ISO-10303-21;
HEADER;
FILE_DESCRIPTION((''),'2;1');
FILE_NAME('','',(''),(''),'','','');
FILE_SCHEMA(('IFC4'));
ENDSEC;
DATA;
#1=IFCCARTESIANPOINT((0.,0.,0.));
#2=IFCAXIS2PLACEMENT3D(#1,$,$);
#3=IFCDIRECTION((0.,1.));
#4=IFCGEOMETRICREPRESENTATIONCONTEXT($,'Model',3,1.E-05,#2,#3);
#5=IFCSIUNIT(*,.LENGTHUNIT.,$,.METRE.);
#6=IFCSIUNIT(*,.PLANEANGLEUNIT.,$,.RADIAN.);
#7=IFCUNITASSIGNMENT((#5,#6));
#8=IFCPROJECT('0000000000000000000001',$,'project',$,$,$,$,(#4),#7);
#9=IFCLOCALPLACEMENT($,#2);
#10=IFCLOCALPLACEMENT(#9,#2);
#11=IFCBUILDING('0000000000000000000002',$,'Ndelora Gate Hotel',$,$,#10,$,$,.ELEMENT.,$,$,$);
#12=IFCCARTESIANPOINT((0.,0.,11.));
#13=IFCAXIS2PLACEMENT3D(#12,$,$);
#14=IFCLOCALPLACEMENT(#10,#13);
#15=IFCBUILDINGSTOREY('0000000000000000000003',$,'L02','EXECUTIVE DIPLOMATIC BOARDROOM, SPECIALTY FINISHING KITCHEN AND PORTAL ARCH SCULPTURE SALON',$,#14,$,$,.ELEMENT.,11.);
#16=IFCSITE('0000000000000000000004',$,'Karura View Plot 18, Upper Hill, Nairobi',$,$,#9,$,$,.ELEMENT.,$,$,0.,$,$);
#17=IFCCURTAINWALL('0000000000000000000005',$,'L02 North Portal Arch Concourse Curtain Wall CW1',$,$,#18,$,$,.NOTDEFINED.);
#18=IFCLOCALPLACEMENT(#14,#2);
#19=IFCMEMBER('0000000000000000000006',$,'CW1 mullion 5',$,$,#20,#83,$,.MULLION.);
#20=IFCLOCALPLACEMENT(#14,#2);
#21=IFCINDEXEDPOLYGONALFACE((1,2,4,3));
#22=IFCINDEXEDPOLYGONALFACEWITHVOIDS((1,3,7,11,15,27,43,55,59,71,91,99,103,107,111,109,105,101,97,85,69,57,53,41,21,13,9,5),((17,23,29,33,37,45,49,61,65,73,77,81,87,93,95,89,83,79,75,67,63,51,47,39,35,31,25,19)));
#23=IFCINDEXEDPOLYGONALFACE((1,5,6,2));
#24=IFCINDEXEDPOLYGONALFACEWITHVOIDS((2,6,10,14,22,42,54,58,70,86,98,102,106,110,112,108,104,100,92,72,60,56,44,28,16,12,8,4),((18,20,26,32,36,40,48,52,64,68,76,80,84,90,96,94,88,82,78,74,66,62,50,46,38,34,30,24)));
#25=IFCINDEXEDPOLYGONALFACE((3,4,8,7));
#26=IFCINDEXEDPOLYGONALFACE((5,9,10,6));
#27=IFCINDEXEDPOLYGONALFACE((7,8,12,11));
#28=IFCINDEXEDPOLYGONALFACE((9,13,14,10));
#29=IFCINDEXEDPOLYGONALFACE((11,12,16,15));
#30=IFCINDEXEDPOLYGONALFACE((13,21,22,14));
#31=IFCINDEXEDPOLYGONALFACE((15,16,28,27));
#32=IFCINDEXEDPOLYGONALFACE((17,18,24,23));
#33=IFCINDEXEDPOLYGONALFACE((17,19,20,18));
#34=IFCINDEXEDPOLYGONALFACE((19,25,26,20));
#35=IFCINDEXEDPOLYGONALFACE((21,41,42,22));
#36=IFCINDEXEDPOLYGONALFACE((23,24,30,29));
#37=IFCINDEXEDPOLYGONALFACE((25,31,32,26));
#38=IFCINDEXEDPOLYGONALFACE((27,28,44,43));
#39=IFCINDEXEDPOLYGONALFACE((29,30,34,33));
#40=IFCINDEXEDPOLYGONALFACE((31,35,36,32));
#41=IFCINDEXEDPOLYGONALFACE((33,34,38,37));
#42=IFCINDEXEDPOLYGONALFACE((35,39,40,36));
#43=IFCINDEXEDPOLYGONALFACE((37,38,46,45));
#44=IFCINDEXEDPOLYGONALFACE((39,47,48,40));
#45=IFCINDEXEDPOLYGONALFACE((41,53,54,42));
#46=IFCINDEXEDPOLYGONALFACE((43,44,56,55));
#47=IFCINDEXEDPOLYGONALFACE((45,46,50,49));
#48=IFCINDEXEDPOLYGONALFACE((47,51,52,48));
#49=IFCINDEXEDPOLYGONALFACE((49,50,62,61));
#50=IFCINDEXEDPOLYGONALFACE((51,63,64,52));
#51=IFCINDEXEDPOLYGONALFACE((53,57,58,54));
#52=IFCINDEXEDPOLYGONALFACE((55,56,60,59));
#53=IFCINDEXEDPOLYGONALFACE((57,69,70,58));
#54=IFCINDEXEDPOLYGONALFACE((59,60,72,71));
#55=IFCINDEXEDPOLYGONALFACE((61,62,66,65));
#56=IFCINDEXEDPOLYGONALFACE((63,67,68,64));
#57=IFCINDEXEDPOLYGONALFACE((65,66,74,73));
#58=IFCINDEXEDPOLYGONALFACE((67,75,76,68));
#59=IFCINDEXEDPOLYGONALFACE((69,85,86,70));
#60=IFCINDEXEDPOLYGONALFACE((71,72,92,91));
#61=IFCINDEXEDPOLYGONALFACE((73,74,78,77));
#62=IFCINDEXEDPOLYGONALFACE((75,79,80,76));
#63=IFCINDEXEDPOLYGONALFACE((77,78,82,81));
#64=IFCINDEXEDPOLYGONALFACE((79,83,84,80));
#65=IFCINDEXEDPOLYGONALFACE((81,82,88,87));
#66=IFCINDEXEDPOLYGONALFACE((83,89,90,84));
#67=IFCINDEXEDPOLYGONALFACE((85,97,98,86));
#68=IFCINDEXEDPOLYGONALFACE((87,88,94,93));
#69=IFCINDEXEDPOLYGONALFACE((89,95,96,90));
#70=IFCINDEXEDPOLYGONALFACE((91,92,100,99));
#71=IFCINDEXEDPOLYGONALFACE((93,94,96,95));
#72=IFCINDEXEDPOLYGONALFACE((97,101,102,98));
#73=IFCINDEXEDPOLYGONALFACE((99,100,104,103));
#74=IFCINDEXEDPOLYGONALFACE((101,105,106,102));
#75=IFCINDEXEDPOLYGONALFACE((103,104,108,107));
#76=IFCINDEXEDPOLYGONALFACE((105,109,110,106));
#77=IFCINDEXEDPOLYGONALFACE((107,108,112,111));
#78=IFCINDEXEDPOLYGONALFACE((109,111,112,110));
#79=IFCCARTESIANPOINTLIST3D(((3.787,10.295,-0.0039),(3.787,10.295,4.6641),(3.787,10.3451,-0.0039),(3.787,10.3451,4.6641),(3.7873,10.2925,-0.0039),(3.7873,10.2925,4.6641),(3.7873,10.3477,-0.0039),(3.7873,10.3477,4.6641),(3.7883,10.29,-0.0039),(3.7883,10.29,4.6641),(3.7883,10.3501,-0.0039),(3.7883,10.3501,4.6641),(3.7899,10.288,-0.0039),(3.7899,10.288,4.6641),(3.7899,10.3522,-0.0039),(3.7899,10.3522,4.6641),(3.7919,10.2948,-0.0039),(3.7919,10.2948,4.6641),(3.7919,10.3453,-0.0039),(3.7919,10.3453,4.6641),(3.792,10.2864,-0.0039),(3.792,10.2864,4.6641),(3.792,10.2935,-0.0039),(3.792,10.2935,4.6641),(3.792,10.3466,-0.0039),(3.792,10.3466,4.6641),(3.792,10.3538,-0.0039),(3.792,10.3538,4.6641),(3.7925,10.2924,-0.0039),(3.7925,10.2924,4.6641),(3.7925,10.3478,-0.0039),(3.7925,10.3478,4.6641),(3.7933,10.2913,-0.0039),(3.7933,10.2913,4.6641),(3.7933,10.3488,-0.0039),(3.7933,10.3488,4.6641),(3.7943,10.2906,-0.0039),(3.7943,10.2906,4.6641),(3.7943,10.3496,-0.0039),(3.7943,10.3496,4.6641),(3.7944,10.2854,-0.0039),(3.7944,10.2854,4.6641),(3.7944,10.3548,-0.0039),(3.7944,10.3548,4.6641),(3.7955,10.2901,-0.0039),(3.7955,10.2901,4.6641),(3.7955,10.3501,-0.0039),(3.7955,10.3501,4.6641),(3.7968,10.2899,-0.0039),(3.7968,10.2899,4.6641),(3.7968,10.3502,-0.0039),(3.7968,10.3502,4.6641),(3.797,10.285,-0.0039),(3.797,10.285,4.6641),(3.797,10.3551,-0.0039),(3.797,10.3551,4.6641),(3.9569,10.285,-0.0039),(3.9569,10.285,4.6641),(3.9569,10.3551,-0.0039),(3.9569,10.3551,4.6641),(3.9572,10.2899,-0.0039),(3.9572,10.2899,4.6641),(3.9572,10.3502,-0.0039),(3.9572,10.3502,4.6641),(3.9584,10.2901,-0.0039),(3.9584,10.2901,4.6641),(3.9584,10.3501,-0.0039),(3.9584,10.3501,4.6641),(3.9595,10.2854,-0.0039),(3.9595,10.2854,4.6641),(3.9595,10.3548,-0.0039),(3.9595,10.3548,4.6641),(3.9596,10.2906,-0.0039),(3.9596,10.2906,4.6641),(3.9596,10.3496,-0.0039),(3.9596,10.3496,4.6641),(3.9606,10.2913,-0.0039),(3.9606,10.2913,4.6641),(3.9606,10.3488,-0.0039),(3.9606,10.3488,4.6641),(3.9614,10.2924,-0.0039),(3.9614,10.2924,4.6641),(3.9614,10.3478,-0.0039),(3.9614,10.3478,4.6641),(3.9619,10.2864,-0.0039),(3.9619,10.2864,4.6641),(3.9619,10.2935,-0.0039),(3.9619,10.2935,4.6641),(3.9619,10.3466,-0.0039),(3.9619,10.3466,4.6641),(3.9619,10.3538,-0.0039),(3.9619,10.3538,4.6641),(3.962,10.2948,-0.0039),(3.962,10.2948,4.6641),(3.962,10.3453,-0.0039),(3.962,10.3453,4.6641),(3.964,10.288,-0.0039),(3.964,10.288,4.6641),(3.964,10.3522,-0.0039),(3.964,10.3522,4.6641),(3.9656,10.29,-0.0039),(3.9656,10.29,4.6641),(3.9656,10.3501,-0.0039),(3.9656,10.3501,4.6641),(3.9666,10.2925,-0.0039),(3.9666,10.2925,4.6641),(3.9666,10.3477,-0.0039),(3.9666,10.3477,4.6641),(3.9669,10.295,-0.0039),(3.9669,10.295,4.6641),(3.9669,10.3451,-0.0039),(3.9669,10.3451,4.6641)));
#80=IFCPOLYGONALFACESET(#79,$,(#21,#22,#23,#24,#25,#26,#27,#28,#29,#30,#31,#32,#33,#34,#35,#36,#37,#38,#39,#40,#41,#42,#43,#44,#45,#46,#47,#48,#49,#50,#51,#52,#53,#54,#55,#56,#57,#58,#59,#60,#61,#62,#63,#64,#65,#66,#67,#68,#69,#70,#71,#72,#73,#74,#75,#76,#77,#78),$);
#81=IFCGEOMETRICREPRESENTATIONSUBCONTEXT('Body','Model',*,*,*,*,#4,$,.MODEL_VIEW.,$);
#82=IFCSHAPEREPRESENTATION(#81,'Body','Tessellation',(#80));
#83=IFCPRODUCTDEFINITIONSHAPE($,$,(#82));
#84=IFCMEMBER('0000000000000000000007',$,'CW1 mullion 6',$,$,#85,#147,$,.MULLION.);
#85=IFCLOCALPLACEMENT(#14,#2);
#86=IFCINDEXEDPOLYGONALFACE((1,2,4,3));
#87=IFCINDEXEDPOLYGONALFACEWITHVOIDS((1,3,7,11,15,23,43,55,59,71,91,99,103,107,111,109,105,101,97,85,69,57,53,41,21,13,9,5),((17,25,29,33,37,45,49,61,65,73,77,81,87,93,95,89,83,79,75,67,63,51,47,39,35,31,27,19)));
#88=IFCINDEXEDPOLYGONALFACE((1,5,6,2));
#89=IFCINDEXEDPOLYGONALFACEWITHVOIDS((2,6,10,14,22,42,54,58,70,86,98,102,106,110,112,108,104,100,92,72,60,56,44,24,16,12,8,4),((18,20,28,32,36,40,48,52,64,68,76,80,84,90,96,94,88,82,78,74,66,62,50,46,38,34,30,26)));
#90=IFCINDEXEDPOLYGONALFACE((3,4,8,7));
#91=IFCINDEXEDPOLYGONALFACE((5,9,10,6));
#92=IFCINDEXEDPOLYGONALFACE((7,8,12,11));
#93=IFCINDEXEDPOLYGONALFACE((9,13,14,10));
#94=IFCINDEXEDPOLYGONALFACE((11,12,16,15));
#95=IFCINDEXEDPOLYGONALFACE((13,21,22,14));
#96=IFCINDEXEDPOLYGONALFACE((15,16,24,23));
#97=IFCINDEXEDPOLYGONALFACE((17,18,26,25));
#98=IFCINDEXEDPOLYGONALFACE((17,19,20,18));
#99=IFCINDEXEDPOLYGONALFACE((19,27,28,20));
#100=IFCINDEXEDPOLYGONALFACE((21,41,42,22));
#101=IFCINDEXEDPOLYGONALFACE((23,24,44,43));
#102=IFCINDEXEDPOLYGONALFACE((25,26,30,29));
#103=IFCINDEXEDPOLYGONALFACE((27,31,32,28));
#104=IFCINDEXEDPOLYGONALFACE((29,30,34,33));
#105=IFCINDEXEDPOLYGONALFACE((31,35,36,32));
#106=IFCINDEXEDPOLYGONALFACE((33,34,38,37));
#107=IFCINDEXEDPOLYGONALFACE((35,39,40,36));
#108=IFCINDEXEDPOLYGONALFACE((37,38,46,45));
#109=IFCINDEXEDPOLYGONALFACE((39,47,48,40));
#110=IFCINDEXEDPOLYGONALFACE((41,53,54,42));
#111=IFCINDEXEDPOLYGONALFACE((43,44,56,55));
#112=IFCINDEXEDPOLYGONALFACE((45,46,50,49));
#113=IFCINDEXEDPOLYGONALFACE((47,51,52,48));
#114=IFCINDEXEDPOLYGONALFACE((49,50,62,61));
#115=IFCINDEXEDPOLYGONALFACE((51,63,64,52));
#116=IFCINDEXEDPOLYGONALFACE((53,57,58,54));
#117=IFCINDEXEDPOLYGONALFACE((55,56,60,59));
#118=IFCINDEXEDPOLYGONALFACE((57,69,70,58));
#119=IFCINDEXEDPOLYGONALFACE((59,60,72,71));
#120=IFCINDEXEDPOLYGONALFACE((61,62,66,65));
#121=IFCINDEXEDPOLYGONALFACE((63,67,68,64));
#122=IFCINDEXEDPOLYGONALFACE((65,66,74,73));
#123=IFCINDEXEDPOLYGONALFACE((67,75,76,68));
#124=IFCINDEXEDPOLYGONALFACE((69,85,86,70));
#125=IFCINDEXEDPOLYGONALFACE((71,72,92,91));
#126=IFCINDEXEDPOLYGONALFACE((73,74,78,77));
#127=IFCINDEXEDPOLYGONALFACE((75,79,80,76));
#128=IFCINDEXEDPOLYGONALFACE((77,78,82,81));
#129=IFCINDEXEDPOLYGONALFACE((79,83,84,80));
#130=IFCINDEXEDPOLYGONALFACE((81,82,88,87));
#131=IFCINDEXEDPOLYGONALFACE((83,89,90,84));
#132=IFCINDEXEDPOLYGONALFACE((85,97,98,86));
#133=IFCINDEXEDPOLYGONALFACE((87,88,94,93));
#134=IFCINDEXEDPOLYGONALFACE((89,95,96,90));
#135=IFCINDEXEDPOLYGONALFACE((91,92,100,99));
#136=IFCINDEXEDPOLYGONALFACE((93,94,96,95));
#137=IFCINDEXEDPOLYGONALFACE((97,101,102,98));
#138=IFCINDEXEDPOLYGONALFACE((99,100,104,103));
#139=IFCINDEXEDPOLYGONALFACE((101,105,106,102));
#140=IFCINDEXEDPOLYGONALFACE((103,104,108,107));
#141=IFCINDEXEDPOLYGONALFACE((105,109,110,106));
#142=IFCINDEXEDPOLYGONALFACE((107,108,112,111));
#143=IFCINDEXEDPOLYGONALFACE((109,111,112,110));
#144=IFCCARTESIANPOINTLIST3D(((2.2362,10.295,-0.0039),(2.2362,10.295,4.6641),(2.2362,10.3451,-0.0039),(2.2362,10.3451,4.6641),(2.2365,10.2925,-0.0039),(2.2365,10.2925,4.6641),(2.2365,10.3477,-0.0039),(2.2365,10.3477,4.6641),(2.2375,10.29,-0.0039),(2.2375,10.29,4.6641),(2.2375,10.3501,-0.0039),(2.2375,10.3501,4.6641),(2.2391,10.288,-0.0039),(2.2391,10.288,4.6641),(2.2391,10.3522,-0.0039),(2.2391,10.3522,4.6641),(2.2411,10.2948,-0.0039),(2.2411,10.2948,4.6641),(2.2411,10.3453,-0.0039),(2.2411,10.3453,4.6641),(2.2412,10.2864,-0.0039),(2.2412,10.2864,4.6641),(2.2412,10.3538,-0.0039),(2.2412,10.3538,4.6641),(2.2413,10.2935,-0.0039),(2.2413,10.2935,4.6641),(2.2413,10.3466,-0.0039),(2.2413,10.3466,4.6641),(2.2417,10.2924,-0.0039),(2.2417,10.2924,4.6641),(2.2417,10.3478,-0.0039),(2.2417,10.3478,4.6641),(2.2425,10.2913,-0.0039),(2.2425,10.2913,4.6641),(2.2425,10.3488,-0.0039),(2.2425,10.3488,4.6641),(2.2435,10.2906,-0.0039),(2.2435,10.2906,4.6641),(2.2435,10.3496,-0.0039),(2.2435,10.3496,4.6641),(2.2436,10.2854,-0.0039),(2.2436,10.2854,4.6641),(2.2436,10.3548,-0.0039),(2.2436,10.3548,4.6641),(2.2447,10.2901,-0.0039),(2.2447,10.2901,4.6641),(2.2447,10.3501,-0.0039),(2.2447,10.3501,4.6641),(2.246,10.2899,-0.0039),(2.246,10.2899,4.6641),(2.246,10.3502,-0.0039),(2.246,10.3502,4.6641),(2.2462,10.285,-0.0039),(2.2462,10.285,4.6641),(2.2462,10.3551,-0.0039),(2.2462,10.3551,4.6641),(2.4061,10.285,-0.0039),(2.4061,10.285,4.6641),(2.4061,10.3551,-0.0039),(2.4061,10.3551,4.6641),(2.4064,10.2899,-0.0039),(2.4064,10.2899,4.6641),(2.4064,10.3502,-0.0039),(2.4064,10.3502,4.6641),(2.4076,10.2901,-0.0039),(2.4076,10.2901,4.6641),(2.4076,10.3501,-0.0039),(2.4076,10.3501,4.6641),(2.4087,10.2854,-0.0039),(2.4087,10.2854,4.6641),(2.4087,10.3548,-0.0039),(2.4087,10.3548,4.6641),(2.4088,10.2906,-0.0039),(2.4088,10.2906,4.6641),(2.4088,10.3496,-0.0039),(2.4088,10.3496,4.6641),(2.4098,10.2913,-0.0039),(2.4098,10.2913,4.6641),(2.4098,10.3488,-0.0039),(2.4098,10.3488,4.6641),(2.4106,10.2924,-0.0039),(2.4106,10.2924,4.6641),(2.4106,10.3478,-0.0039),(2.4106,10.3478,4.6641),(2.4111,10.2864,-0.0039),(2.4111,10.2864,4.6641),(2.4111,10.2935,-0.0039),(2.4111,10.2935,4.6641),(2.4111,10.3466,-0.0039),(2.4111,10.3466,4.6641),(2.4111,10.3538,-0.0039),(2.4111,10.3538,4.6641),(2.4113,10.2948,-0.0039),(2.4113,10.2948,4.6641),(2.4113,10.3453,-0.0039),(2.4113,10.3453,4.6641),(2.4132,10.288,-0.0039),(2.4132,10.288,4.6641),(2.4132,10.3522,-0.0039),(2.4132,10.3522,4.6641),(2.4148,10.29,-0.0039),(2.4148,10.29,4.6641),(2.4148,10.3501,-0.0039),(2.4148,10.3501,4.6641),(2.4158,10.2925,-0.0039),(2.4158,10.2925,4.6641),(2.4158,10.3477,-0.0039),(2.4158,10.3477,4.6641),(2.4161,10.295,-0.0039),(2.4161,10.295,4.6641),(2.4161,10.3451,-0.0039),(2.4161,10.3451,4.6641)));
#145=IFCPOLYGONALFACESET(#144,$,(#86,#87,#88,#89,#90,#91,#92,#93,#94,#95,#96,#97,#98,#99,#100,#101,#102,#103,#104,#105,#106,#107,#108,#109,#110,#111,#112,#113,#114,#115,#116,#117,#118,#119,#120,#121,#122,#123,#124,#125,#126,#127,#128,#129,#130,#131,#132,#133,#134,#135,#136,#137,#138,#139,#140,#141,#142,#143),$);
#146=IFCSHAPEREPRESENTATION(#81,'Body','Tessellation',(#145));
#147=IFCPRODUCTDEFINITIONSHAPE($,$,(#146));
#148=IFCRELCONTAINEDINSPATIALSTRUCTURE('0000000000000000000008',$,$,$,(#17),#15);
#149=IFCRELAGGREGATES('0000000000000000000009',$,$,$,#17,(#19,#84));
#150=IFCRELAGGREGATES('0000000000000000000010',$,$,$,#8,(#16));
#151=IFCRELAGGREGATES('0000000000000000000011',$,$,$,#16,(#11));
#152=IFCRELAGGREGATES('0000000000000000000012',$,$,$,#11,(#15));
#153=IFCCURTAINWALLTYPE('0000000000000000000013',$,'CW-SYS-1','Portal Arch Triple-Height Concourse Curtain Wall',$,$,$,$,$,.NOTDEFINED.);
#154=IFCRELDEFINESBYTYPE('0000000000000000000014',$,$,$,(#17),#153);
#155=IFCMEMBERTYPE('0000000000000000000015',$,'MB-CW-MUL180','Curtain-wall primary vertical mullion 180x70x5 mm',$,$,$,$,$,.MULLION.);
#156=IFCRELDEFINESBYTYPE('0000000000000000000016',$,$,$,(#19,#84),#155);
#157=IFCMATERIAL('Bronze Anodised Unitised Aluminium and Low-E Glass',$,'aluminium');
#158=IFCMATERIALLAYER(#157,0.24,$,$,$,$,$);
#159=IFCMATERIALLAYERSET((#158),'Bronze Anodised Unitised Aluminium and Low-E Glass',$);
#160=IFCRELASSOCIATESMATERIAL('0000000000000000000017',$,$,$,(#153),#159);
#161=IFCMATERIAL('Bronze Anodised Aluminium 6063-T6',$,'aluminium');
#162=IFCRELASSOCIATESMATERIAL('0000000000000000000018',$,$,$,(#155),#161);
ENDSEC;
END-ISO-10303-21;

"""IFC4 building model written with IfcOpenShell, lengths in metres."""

from ifc_helpers import new_model, si_unit, direction, frame, origin, origin_2d, place, context, subcontext, project, spatial, hollow_rectangle, extrude, material, layer, layer_set, material_profile, profile_set, type_object, element, aggregate, save


model = new_model("IFC4")

# Units and contexts
model_context = context("Model", 3, precision=1e-05, world=origin(), true_north=direction((0.0, 1.0)))
body_context = subcontext(model_context, "Body", "Model", "MODEL_VIEW")
ifc_project = project(units=[si_unit("LENGTHUNIT", "METRE"), si_unit("PLANEANGLEUNIT", "RADIAN")], contexts=[model_context])

# Site, building, storey
site_placement = place(None, origin())
site = spatial("IfcSite", under=ifc_project, at=site_placement, Name="Karura View Plot 18, Upper Hill, Nairobi", CompositionType="ELEMENT", RefElevation=0.0)
building_placement = place(site_placement, origin())
building = spatial("IfcBuilding", under=site, at=building_placement, Name="Ndelora Gate Hotel", CompositionType="ELEMENT")
storey_placement = place(building_placement, frame((0.0, 0.0, 11.0)))
storey = spatial("IfcBuildingStorey", under=building, at=storey_placement, Name="L02", Description="EXECUTIVE DIPLOMATIC BOARDROOM, SPECIALTY FINISHING KITCHEN AND PORTAL ARCH SCULPTURE SALON", CompositionType="ELEMENT", Elevation=11.0)

# Curtain wall, members
ifc_material_1 = material(Name="Bronze Anodised Unitised Aluminium and Low-E Glass", Category="aluminium")
ifc_layer_1 = layer(ifc_material_1, 0.24)
ifc_layer_set_1 = layer_set([ifc_layer_1], Name="Bronze Anodised Unitised Aluminium and Low-E Glass")
curtain_wall_type = type_object("IfcCurtainWallType", Name="CW-SYS-1", Description="Portal Arch Triple-Height Concourse Curtain Wall", PredefinedType="NOTDEFINED", material=ifc_layer_set_1)
curtain_wall_placement = place(storey_placement, origin())
curtain_wall = element("IfcCurtainWall", 1, at=curtain_wall_placement, inside=storey, type_object=curtain_wall_type, Name="L02 North Portal Arch Concourse Curtain Wall CW1", PredefinedType="NOTDEFINED")
ifc_material_2 = material(Name="Bronze Anodised Aluminium 6063-T6", Category="aluminium")
ifc_material_profile_1 = material_profile(ifc_material_2, hollow_rectangle(XDim=0.0701, YDim=0.1799, WallThickness=0.0049, InnerFilletRadius=0.0049, OuterFilletRadius=0.01, at=origin_2d()), Name="ALU 180x70x5")
ifc_profile_set_1 = profile_set([ifc_material_profile_1], Name="Bronze Anodised Aluminium 6063-T6")
member_type_1 = type_object("IfcMemberType", Name="MB-CW-MUL180", Description="Curtain-wall primary vertical mullion 180x70x5 mm", PredefinedType="MULLION", material=ifc_profile_set_1)
member_1_placement = place(storey_placement, frame((3.877, 10.3201, -0.0039), z_axis=(0.0, 0.0, 1.0), x_axis=(0.0, -1.0, 0.0)))
member_1 = element("IfcMember", 2, at=member_1_placement, type_object=member_type_1, Name="CW1 mullion 5", PredefinedType="MULLION", context=body_context, shape_type="SweptSolid", body=[
    extrude(hollow_rectangle(XDim=0.0701, YDim=0.1799, WallThickness=0.0049, InnerFilletRadius=0.0049, OuterFilletRadius=0.01, at=origin_2d()), origin(), (0.0, 0.0, 1.0), 4.668),
])
member_2_placement = place(storey_placement, frame((2.3262, 10.3201, -0.0039), z_axis=(0.0, 0.0, 1.0), x_axis=(0.0, -1.0, 0.0)))
member_2 = element("IfcMember", 3, at=member_2_placement, type_object=member_type_1, Name="CW1 mullion 6", PredefinedType="MULLION", context=body_context, shape_type="SweptSolid", body=[
    extrude(hollow_rectangle(XDim=0.0701, YDim=0.1799, WallThickness=0.0049, InnerFilletRadius=0.0049, OuterFilletRadius=0.01, at=origin_2d()), origin(), (0.0, 0.0, 1.0), 4.668),
])
aggregate(curtain_wall, [member_1, member_2])

save(model, "model.ifc")
